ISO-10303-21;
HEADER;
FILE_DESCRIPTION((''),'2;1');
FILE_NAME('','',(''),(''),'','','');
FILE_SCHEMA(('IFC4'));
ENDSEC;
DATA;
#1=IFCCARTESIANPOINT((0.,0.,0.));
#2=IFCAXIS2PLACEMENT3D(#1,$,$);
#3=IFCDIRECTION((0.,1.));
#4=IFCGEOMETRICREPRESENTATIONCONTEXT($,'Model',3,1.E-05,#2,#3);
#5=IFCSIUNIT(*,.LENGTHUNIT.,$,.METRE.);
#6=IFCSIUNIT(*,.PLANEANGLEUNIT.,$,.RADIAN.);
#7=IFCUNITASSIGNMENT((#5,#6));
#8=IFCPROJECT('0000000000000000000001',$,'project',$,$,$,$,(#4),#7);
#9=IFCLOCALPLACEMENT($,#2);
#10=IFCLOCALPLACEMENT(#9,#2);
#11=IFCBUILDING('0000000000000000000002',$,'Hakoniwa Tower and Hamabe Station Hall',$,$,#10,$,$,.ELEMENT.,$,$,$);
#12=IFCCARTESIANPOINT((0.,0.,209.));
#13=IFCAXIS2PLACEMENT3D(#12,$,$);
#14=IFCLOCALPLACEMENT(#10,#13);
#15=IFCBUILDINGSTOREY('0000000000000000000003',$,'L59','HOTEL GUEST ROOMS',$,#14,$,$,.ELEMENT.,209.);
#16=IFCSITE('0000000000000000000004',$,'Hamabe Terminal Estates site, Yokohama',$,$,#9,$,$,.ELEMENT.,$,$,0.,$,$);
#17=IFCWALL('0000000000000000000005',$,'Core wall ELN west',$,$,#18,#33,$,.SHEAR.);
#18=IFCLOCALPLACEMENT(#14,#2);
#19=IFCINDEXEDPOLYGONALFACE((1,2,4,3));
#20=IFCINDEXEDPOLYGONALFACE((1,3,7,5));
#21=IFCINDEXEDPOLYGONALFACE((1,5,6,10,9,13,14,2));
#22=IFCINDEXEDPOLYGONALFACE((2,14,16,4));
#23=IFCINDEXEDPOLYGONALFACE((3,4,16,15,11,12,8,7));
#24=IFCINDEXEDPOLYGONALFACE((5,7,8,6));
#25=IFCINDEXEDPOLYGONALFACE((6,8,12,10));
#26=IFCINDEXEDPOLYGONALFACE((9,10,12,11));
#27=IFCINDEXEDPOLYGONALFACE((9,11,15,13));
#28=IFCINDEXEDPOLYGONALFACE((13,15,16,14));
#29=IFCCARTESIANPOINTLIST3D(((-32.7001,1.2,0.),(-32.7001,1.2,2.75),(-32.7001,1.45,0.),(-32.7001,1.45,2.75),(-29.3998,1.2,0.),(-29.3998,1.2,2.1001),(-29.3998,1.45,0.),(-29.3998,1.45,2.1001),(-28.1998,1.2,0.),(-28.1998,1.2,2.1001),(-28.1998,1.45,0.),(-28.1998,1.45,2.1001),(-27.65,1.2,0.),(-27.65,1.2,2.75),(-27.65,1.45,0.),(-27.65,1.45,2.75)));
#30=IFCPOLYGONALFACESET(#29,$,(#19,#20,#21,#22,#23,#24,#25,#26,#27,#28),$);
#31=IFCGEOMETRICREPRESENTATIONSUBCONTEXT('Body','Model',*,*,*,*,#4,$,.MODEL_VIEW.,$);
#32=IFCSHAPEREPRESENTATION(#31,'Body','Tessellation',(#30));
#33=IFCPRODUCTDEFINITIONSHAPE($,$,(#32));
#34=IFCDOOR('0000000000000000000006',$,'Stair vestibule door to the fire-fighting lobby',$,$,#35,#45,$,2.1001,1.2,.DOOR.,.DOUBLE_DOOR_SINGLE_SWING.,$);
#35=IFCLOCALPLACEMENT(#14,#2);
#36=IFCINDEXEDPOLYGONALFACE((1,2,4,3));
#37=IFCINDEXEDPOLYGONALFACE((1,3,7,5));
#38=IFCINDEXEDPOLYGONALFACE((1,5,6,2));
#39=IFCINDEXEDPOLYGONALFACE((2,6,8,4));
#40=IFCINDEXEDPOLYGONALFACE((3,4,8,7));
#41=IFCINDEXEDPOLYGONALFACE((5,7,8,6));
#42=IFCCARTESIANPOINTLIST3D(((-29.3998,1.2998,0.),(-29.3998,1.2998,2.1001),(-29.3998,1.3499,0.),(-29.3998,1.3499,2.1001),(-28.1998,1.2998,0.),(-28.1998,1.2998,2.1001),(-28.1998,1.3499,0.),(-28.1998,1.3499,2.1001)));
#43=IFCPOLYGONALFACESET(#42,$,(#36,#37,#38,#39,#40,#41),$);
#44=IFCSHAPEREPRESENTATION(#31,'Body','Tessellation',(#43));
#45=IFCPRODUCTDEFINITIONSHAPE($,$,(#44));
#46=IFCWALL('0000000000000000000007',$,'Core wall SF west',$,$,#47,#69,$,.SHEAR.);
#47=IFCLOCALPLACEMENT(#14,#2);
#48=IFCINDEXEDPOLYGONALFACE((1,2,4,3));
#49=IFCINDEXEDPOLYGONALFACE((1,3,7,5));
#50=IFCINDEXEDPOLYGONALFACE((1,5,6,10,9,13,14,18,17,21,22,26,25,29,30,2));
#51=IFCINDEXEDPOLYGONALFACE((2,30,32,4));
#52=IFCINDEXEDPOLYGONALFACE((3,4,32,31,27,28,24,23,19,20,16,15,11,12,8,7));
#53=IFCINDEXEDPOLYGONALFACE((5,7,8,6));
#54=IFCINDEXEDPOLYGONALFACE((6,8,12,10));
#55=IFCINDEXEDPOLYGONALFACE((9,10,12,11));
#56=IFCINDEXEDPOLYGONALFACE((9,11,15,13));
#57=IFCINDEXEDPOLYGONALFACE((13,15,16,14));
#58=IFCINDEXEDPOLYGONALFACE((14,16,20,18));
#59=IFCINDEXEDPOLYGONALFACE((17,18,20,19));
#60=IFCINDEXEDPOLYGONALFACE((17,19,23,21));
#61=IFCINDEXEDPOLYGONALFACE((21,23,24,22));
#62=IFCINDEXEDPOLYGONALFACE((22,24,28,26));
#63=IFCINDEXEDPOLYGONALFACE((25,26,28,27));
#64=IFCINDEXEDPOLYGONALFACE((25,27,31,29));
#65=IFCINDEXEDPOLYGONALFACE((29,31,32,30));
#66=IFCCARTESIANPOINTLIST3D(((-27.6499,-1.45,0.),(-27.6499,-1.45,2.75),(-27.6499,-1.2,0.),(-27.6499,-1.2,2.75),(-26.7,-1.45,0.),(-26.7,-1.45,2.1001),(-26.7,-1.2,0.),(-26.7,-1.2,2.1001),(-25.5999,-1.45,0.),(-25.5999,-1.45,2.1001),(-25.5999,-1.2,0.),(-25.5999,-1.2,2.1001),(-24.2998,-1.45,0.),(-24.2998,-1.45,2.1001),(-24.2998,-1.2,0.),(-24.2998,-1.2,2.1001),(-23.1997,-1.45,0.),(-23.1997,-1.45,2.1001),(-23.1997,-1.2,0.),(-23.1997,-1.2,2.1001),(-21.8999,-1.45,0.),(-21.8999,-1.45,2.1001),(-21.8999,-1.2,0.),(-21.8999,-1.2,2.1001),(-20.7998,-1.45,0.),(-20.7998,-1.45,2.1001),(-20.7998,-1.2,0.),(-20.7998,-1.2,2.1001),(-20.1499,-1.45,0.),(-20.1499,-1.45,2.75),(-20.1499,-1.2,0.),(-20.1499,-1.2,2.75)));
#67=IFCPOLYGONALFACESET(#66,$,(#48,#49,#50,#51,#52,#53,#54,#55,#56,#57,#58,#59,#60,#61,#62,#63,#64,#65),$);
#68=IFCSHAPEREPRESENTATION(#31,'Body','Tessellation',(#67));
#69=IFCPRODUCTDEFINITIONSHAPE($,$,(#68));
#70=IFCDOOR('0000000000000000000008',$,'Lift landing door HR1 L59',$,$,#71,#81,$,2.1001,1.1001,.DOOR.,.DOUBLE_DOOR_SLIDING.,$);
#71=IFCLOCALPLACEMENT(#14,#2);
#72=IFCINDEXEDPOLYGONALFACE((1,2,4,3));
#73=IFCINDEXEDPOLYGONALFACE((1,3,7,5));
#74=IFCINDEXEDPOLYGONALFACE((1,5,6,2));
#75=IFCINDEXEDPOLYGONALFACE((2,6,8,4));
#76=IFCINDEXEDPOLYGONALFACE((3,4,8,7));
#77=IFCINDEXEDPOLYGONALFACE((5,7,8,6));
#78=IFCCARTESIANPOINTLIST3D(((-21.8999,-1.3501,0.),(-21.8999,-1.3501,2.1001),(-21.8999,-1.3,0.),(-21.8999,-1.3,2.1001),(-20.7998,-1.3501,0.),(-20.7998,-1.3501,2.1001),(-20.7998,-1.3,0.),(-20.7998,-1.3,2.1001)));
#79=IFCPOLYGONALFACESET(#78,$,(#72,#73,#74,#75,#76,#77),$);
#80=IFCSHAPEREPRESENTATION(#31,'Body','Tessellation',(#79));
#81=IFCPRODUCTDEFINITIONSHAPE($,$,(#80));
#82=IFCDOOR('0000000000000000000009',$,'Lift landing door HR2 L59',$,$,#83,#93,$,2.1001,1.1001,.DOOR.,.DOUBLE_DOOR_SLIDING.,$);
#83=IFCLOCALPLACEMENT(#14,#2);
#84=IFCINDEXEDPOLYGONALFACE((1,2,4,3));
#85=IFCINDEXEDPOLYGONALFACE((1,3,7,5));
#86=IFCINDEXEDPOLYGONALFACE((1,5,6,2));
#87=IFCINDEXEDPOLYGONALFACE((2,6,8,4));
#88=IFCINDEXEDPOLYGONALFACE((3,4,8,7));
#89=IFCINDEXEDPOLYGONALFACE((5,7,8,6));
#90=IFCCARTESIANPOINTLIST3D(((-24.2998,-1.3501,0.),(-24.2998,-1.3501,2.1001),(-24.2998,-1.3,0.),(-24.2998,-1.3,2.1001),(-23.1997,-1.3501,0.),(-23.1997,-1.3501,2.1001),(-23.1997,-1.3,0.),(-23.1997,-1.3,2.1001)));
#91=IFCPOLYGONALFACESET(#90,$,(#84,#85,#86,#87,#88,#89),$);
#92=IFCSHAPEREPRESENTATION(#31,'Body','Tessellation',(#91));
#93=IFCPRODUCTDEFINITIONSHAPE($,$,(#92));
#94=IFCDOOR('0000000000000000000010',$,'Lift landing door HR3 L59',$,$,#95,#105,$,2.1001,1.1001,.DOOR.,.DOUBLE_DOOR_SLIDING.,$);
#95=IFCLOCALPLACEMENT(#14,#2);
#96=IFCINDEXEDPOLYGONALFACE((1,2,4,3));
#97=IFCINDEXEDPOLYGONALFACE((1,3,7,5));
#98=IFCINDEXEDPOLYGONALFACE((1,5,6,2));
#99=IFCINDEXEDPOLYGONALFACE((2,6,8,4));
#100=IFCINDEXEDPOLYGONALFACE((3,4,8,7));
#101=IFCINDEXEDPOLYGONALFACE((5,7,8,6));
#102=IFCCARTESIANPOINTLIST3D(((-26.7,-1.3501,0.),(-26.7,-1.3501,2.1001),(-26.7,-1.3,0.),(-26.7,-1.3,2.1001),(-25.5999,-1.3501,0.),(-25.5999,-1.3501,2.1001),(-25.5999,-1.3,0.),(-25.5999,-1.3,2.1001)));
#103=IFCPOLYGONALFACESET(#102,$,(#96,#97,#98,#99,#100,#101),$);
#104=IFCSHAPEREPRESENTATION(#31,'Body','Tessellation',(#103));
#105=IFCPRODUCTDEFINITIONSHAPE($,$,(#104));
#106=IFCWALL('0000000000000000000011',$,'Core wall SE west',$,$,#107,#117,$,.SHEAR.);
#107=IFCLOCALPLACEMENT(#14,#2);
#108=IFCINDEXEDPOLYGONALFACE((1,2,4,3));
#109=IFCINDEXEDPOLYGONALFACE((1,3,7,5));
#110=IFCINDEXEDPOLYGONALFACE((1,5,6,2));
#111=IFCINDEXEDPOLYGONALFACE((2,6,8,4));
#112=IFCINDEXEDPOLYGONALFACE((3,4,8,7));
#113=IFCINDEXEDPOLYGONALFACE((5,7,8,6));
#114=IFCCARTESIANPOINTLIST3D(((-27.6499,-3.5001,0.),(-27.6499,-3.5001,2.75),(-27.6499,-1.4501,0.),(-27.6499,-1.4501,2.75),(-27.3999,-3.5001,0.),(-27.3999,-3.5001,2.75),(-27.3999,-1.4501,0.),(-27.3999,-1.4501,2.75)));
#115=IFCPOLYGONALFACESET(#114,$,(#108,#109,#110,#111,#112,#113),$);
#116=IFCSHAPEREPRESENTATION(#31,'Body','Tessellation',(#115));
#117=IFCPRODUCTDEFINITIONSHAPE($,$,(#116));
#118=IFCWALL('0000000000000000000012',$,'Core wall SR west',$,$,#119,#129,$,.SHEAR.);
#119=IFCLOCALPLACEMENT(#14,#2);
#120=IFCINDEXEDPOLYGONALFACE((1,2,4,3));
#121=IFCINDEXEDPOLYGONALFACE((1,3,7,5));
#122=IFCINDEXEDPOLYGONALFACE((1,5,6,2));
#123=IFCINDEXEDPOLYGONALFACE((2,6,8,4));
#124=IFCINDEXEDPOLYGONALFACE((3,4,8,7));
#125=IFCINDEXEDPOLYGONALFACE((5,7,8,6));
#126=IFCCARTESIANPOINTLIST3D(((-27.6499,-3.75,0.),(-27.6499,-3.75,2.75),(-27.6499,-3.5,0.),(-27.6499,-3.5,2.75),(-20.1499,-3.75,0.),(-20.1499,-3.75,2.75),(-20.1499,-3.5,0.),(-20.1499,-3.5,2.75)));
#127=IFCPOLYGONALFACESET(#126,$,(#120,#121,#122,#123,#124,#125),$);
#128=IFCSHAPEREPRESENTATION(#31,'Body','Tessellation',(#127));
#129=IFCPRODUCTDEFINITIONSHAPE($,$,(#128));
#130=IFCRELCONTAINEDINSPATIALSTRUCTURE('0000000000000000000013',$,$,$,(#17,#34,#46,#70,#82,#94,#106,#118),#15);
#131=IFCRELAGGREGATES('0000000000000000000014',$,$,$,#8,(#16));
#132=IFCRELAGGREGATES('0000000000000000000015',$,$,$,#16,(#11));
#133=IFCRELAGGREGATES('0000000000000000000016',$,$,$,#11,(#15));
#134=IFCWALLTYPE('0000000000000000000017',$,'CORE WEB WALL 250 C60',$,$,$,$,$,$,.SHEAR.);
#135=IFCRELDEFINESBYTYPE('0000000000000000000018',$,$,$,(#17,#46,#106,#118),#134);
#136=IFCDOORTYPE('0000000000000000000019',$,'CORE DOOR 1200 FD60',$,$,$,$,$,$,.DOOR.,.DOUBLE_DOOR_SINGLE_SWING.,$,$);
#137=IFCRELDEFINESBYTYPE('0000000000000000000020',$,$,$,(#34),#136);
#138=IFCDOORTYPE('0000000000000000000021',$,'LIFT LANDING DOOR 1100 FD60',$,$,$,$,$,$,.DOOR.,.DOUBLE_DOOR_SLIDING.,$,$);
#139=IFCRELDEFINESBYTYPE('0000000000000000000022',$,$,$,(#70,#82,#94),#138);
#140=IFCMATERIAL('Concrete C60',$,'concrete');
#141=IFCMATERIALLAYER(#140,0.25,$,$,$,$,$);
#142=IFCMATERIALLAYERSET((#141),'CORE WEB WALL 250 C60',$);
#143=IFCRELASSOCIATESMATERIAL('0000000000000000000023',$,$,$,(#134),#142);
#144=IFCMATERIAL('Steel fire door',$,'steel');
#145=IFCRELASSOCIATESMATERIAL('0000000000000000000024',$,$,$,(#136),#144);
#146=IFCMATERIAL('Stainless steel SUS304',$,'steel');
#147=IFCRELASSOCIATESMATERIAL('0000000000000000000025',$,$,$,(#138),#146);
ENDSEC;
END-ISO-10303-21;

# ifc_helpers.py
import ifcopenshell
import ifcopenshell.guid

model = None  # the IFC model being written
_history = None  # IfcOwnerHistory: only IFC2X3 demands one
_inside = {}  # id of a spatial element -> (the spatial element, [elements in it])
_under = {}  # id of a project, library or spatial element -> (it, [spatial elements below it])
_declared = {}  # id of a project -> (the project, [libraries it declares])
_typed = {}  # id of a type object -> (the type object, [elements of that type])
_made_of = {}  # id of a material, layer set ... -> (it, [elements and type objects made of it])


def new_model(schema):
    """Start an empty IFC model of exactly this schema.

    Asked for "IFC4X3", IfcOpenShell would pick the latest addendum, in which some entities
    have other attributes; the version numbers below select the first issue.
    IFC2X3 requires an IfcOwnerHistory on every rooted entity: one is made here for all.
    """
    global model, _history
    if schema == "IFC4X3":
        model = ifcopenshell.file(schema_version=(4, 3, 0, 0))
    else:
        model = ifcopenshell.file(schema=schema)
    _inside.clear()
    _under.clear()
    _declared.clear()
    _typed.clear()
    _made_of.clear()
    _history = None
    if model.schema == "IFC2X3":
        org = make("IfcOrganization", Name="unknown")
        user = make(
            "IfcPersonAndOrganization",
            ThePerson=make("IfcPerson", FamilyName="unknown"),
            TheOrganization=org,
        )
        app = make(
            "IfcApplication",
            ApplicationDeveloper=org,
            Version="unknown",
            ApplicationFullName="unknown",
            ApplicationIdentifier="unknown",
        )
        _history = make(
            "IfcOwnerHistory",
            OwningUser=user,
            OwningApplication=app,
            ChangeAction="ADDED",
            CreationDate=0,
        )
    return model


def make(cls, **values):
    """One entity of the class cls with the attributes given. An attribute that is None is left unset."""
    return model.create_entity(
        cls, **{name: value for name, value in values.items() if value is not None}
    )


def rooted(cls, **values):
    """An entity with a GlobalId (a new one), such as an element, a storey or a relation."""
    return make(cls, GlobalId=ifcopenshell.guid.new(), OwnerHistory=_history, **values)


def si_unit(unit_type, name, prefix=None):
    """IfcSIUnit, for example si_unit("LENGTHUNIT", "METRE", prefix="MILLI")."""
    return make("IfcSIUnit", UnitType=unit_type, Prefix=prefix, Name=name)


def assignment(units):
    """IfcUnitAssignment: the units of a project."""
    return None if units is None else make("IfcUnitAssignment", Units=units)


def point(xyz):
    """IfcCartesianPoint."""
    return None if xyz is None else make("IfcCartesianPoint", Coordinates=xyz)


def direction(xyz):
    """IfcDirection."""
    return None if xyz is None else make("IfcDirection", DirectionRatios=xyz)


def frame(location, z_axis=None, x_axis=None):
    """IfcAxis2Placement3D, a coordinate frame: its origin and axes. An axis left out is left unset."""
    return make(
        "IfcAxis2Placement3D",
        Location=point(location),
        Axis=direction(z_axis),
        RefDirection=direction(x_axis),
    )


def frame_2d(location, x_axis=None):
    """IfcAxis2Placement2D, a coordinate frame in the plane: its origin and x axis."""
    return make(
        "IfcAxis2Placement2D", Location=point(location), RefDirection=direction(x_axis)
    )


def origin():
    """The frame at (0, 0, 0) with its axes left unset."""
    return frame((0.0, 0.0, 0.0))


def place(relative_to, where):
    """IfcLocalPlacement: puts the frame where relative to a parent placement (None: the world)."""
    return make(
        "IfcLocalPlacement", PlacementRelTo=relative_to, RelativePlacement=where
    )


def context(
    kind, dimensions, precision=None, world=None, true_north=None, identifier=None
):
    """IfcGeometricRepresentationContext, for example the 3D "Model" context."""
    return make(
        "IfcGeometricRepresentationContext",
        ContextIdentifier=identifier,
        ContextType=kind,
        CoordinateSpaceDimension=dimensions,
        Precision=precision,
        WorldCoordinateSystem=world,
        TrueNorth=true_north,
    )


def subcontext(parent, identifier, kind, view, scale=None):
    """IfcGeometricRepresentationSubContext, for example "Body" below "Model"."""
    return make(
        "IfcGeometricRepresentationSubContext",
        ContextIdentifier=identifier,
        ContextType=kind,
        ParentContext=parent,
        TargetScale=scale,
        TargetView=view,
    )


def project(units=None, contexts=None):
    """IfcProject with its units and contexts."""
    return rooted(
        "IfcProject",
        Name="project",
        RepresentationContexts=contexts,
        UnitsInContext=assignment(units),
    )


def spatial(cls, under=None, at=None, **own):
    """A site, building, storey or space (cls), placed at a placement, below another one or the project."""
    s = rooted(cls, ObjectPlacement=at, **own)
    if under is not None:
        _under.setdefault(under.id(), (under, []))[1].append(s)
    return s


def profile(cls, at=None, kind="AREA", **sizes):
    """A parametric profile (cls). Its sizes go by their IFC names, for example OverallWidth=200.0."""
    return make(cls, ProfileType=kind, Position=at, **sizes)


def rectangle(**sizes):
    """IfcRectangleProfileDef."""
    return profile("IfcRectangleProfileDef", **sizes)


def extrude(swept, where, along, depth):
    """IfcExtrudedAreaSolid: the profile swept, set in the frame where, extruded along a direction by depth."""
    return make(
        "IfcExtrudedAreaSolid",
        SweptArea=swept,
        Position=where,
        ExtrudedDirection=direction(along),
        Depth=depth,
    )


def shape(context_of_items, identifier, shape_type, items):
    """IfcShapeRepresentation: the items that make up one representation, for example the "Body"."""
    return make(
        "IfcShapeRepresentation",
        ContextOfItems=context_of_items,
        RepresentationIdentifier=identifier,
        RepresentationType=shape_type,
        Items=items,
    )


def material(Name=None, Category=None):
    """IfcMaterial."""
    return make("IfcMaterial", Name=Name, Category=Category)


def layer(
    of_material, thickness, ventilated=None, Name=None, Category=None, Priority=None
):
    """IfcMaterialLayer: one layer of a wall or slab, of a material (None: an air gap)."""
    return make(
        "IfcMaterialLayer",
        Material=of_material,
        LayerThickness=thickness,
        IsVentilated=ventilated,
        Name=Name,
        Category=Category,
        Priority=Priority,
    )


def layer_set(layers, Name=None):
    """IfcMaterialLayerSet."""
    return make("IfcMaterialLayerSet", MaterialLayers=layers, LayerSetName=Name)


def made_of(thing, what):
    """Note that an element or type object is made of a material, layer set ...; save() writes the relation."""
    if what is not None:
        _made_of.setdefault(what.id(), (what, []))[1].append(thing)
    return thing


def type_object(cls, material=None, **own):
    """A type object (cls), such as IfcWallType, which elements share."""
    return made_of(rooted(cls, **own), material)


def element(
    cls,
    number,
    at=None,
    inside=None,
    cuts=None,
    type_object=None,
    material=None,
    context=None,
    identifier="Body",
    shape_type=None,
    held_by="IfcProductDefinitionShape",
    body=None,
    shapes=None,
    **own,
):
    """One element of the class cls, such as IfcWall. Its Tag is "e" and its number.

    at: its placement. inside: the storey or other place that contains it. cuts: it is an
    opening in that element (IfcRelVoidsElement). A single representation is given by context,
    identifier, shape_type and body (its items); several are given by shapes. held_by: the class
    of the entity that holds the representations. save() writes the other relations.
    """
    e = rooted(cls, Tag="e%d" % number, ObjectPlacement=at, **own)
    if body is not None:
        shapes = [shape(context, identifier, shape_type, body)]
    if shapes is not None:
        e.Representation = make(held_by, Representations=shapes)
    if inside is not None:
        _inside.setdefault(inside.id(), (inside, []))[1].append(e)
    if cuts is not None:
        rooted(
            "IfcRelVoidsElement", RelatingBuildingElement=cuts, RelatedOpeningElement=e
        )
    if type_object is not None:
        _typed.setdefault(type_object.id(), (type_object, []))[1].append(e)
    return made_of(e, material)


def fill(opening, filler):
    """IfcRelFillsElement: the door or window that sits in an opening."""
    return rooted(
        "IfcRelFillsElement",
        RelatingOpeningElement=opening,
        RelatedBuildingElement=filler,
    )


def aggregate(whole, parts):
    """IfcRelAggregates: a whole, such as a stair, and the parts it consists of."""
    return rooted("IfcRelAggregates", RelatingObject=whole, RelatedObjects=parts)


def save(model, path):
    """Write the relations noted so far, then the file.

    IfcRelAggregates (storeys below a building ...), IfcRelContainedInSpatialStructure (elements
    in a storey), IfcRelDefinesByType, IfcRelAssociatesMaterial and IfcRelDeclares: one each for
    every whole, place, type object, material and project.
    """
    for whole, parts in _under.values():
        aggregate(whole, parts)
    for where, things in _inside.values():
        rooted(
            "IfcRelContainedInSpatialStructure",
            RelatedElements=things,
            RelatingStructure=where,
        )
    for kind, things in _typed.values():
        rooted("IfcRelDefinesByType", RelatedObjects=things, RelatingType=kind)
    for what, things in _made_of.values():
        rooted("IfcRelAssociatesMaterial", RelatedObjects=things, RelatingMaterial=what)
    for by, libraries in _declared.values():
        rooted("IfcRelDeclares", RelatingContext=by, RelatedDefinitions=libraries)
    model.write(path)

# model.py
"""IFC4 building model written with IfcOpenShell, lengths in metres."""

from ifc_helpers import new_model, si_unit, direction, frame, frame_2d, origin, place, context, subcontext, project, spatial, rectangle, extrude, material, layer, layer_set, type_object, element, fill, save


model = new_model("IFC4")

# Units and contexts
model_context = context("Model", 3, precision=1e-05, world=origin(), true_north=direction((0.0, 1.0)))
body_context = subcontext(model_context, "Body", "Model", "MODEL_VIEW")
ifc_project = project(units=[si_unit("LENGTHUNIT", "METRE"), si_unit("PLANEANGLEUNIT", "RADIAN")], contexts=[model_context])

# Site, building, storey
site_placement = place(None, origin())
site = spatial("IfcSite", under=ifc_project, at=site_placement, Name="Hamabe Terminal Estates site, Yokohama", CompositionType="ELEMENT", RefElevation=0.0)
building_placement = place(site_placement, origin())
building = spatial("IfcBuilding", under=site, at=building_placement, Name="Hakoniwa Tower and Hamabe Station Hall", CompositionType="ELEMENT")
storey_placement = place(building_placement, frame((0.0, 0.0, 209.0)))
storey = spatial("IfcBuildingStorey", under=building, at=storey_placement, Name="L59", Description="HOTEL GUEST ROOMS", CompositionType="ELEMENT", Elevation=209.0)

# Wall, opening, door
ifc_material_1 = material(Name="Concrete C60", Category="concrete")
ifc_layer_1 = layer(ifc_material_1, 0.25)
ifc_layer_set_1 = layer_set([ifc_layer_1], Name="CORE WEB WALL 250 C60")
wall_type_1 = type_object("IfcWallType", Name="CORE WEB WALL 250 C60", PredefinedType="SHEAR", material=ifc_layer_set_1)
wall_1_placement = place(storey_placement, frame((-32.7, 1.325, 0.0), z_axis=(0.0, 0.0, 1.0), x_axis=(1.0, 0.0, 0.0)))
wall_1 = element("IfcWall", 1, at=wall_1_placement, inside=storey, type_object=wall_type_1, Name="Core wall ELN west", PredefinedType="SHEAR", context=body_context, shape_type="SweptSolid", body=[
    extrude(rectangle(XDim=5.05, YDim=0.25, at=frame_2d((2.5249, 0.0))), origin(), (0.0, 0.0, 1.0), 2.75),
])
opening_1_placement = place(wall_1_placement, frame((3.3, 0.0, 0.0)))
opening_1 = element("IfcOpeningElement", 2, at=opening_1_placement, cuts=wall_1, PredefinedType="OPENING", context=body_context, shape_type="SweptSolid", body=[
    extrude(rectangle(XDim=1.2, YDim=2.1001, at=frame_2d((0.6001, 1.05))), frame((0.0, 0.135, 0.0), z_axis=(0.0, -1.0, 0.0), x_axis=(1.0, 0.0, 0.0)), (0.0, 0.0, 1.0), 0.27),
])
ifc_material_2 = material(Name="Steel fire door", Category="steel")
door_type_1 = type_object("IfcDoorType", Name="CORE DOOR 1200 FD60", OperationType="DOUBLE_DOOR_SINGLE_SWING", PredefinedType="DOOR", material=ifc_material_2)
door_1_placement = place(opening_1_placement, origin())
door_1 = element("IfcDoor", 3, at=door_1_placement, inside=storey, type_object=door_type_1, Name="Stair vestibule door to the fire-fighting lobby", OperationType="DOUBLE_DOOR_SINGLE_SWING", OverallHeight=2.1001, OverallWidth=1.2, PredefinedType="DOOR", context=body_context, shape_type="SweptSolid", body=[
    extrude(rectangle(XDim=1.2, YDim=2.1001, at=frame_2d((0.6001, 1.05))), frame((0.0, 0.0249, 0.0), z_axis=(0.0, -1.0, 0.0), x_axis=(1.0, 0.0, 0.0)), (0.0, 0.0, 1.0), 0.05),
])
fill(opening_1, door_1)

# Wall, openings, doors
wall_2_placement = place(storey_placement, frame((-27.6499, -1.325, 0.0), z_axis=(0.0, 0.0, 1.0), x_axis=(1.0, 0.0, 0.0)))
wall_2 = element("IfcWall", 4, at=wall_2_placement, inside=storey, type_object=wall_type_1, Name="Core wall SF west", PredefinedType="SHEAR", context=body_context, shape_type="SweptSolid", body=[
    extrude(rectangle(XDim=7.5, YDim=0.25, at=frame_2d((3.75, 0.0))), origin(), (0.0, 0.0, 1.0), 2.75),
])
opening_2_placement = place(wall_2_placement, frame((5.75, 0.0, 0.0)))
opening_2 = element("IfcOpeningElement", 5, at=opening_2_placement, cuts=wall_2, PredefinedType="OPENING", context=body_context, shape_type="SweptSolid", body=[
    extrude(rectangle(XDim=1.1001, YDim=2.1001, at=frame_2d((0.55, 1.05))), frame((0.0, 0.135, 0.0), z_axis=(0.0, -1.0, 0.0), x_axis=(1.0, 0.0, 0.0)), (0.0, 0.0, 1.0), 0.27),
])
opening_3_placement = place(wall_2_placement, frame((3.3501, 0.0, 0.0)))
opening_3 = element("IfcOpeningElement", 6, at=opening_3_placement, cuts=wall_2, PredefinedType="OPENING", context=body_context, shape_type="SweptSolid", body=[
    extrude(rectangle(XDim=1.1001, YDim=2.1001, at=frame_2d((0.55, 1.05))), frame((0.0, 0.135, 0.0), z_axis=(0.0, -1.0, 0.0), x_axis=(1.0, 0.0, 0.0)), (0.0, 0.0, 1.0), 0.27),
])
opening_4_placement = place(wall_2_placement, frame((0.95, 0.0, 0.0)))
opening_4 = element("IfcOpeningElement", 7, at=opening_4_placement, cuts=wall_2, PredefinedType="OPENING", context=body_context, shape_type="SweptSolid", body=[
    extrude(rectangle(XDim=1.1001, YDim=2.1001, at=frame_2d((0.55, 1.05))), frame((0.0, 0.135, 0.0), z_axis=(0.0, -1.0, 0.0), x_axis=(1.0, 0.0, 0.0)), (0.0, 0.0, 1.0), 0.27),
])
ifc_material_3 = material(Name="Stainless steel SUS304", Category="steel")
door_type_2 = type_object("IfcDoorType", Name="LIFT LANDING DOOR 1100 FD60", OperationType="DOUBLE_DOOR_SLIDING", PredefinedType="DOOR", material=ifc_material_3)
door_2_placement = place(opening_2_placement, origin())
door_2 = element("IfcDoor", 8, at=door_2_placement, inside=storey, type_object=door_type_2, Name="Lift landing door HR1 L59", OperationType="DOUBLE_DOOR_SLIDING", OverallHeight=2.1001, OverallWidth=1.1001, PredefinedType="DOOR", context=body_context, shape_type="SweptSolid", body=[
    extrude(rectangle(XDim=1.1001, YDim=2.1001, at=frame_2d((0.55, 1.05))), frame((0.0, 0.0249, 0.0), z_axis=(0.0, -1.0, 0.0), x_axis=(1.0, 0.0, 0.0)), (0.0, 0.0, 1.0), 0.05),
])
fill(opening_2, door_2)
door_3_placement = place(opening_3_placement, origin())
door_3 = element("IfcDoor", 9, at=door_3_placement, inside=storey, type_object=door_type_2, Name="Lift landing door HR2 L59", OperationType="DOUBLE_DOOR_SLIDING", OverallHeight=2.1001, OverallWidth=1.1001, PredefinedType="DOOR", context=body_context, shape_type="SweptSolid", body=[
    extrude(rectangle(XDim=1.1001, YDim=2.1001, at=frame_2d((0.55, 1.05))), frame((0.0, 0.0249, 0.0), z_axis=(0.0, -1.0, 0.0), x_axis=(1.0, 0.0, 0.0)), (0.0, 0.0, 1.0), 0.05),
])
fill(opening_3, door_3)
door_4_placement = place(opening_4_placement, origin())
door_4 = element("IfcDoor", 10, at=door_4_placement, inside=storey, type_object=door_type_2, Name="Lift landing door HR3 L59", OperationType="DOUBLE_DOOR_SLIDING", OverallHeight=2.1001, OverallWidth=1.1001, PredefinedType="DOOR", context=body_context, shape_type="SweptSolid", body=[
    extrude(rectangle(XDim=1.1001, YDim=2.1001, at=frame_2d((0.55, 1.05))), frame((0.0, 0.0249, 0.0), z_axis=(0.0, -1.0, 0.0), x_axis=(1.0, 0.0, 0.0)), (0.0, 0.0, 1.0), 0.05),
])
fill(opening_4, door_4)

# Walls
wall_3_placement = place(storey_placement, frame((-27.5249, -3.5, 0.0), z_axis=(0.0, 0.0, 1.0), x_axis=(0.0, 1.0, 0.0)))
element("IfcWall", 11, at=wall_3_placement, inside=storey, type_object=wall_type_1, Name="Core wall SE west", PredefinedType="SHEAR", context=body_context, shape_type="SweptSolid", body=[
    extrude(rectangle(XDim=2.05, YDim=0.25, at=frame_2d((1.0249, 0.0))), origin(), (0.0, 0.0, 1.0), 2.75),
])
wall_4_placement = place(storey_placement, frame((-27.6499, -3.625, 0.0), z_axis=(0.0, 0.0, 1.0), x_axis=(1.0, 0.0, 0.0)))
element("IfcWall", 12, at=wall_4_placement, inside=storey, type_object=wall_type_1, Name="Core wall SR west", PredefinedType="SHEAR", context=body_context, shape_type="SweptSolid", body=[
    extrude(rectangle(XDim=7.5, YDim=0.25, at=frame_2d((3.75, 0.0))), origin(), (0.0, 0.0, 1.0), 2.75),
])

save(model, "model.ifc")
